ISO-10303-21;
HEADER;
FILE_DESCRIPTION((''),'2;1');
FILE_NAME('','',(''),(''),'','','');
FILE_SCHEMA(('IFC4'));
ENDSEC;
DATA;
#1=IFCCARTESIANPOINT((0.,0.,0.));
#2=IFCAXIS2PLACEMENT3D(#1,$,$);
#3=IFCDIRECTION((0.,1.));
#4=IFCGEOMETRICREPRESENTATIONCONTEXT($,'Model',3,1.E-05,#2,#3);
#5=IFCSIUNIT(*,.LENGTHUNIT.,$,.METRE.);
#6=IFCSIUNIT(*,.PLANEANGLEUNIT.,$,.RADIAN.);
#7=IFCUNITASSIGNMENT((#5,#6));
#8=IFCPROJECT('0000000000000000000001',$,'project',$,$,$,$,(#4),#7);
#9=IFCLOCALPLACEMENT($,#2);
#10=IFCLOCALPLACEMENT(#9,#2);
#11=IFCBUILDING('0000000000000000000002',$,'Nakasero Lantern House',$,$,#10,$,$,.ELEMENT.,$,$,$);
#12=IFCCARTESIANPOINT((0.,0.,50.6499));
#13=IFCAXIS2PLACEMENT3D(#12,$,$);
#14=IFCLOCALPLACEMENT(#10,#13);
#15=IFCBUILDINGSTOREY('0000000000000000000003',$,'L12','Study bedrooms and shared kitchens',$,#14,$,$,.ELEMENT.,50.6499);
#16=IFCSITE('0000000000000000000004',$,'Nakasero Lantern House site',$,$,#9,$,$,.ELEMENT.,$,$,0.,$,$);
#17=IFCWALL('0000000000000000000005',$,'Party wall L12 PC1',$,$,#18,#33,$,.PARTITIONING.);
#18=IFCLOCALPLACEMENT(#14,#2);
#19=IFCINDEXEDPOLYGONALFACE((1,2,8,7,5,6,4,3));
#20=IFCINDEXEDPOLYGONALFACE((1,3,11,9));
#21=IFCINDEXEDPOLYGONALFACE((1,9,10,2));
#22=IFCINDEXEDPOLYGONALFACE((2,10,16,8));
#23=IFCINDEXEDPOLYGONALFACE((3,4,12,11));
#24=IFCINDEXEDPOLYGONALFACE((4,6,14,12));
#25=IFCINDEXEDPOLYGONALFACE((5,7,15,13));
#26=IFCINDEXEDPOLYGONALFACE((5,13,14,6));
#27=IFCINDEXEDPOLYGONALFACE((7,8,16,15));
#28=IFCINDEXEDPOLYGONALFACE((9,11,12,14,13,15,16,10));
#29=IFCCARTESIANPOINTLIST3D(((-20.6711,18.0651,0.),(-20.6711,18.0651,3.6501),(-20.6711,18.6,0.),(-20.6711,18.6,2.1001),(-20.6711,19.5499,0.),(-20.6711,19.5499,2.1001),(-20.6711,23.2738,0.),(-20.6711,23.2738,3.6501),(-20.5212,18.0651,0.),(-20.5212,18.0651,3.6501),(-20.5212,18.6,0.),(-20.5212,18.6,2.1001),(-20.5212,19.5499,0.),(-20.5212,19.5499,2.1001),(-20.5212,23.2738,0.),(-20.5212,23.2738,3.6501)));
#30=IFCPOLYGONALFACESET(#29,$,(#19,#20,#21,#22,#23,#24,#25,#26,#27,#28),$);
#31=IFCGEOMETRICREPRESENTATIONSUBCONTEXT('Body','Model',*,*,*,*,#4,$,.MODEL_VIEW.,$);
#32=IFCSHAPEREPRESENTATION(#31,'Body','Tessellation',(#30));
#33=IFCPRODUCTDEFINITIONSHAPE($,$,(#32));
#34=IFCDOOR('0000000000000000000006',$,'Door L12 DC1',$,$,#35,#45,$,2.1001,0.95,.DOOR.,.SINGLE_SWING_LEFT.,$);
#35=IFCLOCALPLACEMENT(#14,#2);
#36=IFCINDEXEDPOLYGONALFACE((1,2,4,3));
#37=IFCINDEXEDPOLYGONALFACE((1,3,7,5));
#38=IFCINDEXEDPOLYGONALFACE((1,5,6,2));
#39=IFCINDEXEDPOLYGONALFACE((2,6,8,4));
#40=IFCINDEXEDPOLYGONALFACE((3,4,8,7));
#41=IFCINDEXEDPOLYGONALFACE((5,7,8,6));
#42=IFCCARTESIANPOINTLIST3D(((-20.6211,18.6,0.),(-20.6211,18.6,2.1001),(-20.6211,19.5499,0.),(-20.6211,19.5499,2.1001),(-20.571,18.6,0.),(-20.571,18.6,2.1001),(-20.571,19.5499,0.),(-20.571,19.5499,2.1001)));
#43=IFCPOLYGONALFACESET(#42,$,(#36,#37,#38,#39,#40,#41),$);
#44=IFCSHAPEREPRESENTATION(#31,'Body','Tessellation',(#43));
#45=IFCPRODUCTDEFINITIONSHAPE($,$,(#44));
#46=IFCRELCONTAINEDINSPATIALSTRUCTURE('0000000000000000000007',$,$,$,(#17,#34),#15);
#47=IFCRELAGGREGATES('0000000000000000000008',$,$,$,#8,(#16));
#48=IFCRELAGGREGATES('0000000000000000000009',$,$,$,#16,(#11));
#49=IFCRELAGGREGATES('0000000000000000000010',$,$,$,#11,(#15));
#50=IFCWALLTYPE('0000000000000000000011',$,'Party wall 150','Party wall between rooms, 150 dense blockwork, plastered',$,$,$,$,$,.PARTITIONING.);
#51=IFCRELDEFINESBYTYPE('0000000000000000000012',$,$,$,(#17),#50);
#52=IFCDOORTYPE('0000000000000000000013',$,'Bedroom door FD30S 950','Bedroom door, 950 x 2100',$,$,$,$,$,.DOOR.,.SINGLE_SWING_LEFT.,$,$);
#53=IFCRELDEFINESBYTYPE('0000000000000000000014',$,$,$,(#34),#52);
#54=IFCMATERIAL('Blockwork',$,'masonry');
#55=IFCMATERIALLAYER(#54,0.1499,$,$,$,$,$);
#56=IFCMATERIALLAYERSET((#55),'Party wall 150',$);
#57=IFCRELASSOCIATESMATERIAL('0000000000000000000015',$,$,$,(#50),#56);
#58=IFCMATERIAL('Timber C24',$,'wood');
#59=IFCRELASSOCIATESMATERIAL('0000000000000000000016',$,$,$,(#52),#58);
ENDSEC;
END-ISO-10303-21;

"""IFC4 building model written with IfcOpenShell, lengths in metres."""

from ifc_helpers import new_model, si_unit, direction, frame, frame_2d, origin, place, context, subcontext, project, spatial, rectangle, extrude, material, layer, layer_set, type_object, element, fill, save


model = new_model("IFC4")

# Units and contexts
model_context = context("Model", 3, precision=1e-05, world=origin(), true_north=direction((0.0, 1.0)))
body_context = subcontext(model_context, "Body", "Model", "MODEL_VIEW")
ifc_project = project(units=[si_unit("LENGTHUNIT", "METRE"), si_unit("PLANEANGLEUNIT", "RADIAN")], contexts=[model_context])

# Site, building, storey
site_placement = place(None, origin())
site = spatial("IfcSite", under=ifc_project, at=site_placement, Name="Nakasero Lantern House site", CompositionType="ELEMENT", RefElevation=0.0)
building_placement = place(site_placement, origin())
building = spatial("IfcBuilding", under=site, at=building_placement, Name="Nakasero Lantern House", CompositionType="ELEMENT")
storey_placement = place(building_placement, frame((0.0, 0.0, 50.6499)))
storey = spatial("IfcBuildingStorey", under=building, at=storey_placement, Name="L12", Description="Study bedrooms and shared kitchens", CompositionType="ELEMENT", Elevation=50.6499)

# Wall, opening, door
ifc_material_1 = material(Name="Blockwork", Category="masonry")
ifc_layer_1 = layer(ifc_material_1, 0.1499)
ifc_layer_set_1 = layer_set([ifc_layer_1], Name="Party wall 150")
wall_type_1 = type_object("IfcWallType", Name="Party wall 150", Description="Party wall between rooms, 150 dense blockwork, plastered", PredefinedType="PARTITIONING", material=ifc_layer_set_1)
wall_1_placement = place(storey_placement, frame((-20.5962, 18.0649, 0.0), z_axis=(0.0, 0.0, 1.0), x_axis=(0.0, 1.0, 0.0)))
wall_1 = element("IfcWall", 1, at=wall_1_placement, inside=storey, type_object=wall_type_1, Name="Party wall L12 PC1", PredefinedType="PARTITIONING", context=body_context, shape_type="SweptSolid", body=[
    extrude(rectangle(XDim=5.2087, YDim=0.1499, at=frame_2d((2.6045, 0.0))), origin(), (0.0, 0.0, 1.0), 3.6501),
])
opening_1_placement = place(wall_1_placement, frame((0.5349, 0.0, 0.0)))
opening_1 = element("IfcOpeningElement", 2, at=opening_1_placement, cuts=wall_1, PredefinedType="OPENING", context=body_context, shape_type="SweptSolid", body=[
    extrude(rectangle(XDim=0.95, YDim=2.1001, at=frame_2d((0.4751, 1.05))), frame((0.0, 0.095, 0.0), z_axis=(0.0, -1.0, 0.0), x_axis=(1.0, 0.0, 0.0)), (0.0, 0.0, 1.0), 0.1899),
])
ifc_material_2 = material(Name="Timber C24", Category="wood")
door_type_1 = type_object("IfcDoorType", Name="Bedroom door FD30S 950", Description="Bedroom door, 950 x 2100", OperationType="SINGLE_SWING_LEFT", PredefinedType="DOOR", material=ifc_material_2)
door_1_placement = place(opening_1_placement, origin())
door_1 = element("IfcDoor", 3, at=door_1_placement, inside=storey, type_object=door_type_1, Name="Door L12 DC1", OperationType="SINGLE_SWING_LEFT", OverallHeight=2.1001, OverallWidth=0.95, PredefinedType="DOOR", context=body_context, shape_type="SweptSolid", body=[
    extrude(rectangle(XDim=0.95, YDim=2.1001, at=frame_2d((0.4751, 1.05))), frame((0.0, 0.0249, 0.0), z_axis=(0.0, -1.0, 0.0), x_axis=(1.0, 0.0, 0.0)), (0.0, 0.0, 1.0), 0.05),
])
fill(opening_1, door_1)

save(model, "model.ifc")
